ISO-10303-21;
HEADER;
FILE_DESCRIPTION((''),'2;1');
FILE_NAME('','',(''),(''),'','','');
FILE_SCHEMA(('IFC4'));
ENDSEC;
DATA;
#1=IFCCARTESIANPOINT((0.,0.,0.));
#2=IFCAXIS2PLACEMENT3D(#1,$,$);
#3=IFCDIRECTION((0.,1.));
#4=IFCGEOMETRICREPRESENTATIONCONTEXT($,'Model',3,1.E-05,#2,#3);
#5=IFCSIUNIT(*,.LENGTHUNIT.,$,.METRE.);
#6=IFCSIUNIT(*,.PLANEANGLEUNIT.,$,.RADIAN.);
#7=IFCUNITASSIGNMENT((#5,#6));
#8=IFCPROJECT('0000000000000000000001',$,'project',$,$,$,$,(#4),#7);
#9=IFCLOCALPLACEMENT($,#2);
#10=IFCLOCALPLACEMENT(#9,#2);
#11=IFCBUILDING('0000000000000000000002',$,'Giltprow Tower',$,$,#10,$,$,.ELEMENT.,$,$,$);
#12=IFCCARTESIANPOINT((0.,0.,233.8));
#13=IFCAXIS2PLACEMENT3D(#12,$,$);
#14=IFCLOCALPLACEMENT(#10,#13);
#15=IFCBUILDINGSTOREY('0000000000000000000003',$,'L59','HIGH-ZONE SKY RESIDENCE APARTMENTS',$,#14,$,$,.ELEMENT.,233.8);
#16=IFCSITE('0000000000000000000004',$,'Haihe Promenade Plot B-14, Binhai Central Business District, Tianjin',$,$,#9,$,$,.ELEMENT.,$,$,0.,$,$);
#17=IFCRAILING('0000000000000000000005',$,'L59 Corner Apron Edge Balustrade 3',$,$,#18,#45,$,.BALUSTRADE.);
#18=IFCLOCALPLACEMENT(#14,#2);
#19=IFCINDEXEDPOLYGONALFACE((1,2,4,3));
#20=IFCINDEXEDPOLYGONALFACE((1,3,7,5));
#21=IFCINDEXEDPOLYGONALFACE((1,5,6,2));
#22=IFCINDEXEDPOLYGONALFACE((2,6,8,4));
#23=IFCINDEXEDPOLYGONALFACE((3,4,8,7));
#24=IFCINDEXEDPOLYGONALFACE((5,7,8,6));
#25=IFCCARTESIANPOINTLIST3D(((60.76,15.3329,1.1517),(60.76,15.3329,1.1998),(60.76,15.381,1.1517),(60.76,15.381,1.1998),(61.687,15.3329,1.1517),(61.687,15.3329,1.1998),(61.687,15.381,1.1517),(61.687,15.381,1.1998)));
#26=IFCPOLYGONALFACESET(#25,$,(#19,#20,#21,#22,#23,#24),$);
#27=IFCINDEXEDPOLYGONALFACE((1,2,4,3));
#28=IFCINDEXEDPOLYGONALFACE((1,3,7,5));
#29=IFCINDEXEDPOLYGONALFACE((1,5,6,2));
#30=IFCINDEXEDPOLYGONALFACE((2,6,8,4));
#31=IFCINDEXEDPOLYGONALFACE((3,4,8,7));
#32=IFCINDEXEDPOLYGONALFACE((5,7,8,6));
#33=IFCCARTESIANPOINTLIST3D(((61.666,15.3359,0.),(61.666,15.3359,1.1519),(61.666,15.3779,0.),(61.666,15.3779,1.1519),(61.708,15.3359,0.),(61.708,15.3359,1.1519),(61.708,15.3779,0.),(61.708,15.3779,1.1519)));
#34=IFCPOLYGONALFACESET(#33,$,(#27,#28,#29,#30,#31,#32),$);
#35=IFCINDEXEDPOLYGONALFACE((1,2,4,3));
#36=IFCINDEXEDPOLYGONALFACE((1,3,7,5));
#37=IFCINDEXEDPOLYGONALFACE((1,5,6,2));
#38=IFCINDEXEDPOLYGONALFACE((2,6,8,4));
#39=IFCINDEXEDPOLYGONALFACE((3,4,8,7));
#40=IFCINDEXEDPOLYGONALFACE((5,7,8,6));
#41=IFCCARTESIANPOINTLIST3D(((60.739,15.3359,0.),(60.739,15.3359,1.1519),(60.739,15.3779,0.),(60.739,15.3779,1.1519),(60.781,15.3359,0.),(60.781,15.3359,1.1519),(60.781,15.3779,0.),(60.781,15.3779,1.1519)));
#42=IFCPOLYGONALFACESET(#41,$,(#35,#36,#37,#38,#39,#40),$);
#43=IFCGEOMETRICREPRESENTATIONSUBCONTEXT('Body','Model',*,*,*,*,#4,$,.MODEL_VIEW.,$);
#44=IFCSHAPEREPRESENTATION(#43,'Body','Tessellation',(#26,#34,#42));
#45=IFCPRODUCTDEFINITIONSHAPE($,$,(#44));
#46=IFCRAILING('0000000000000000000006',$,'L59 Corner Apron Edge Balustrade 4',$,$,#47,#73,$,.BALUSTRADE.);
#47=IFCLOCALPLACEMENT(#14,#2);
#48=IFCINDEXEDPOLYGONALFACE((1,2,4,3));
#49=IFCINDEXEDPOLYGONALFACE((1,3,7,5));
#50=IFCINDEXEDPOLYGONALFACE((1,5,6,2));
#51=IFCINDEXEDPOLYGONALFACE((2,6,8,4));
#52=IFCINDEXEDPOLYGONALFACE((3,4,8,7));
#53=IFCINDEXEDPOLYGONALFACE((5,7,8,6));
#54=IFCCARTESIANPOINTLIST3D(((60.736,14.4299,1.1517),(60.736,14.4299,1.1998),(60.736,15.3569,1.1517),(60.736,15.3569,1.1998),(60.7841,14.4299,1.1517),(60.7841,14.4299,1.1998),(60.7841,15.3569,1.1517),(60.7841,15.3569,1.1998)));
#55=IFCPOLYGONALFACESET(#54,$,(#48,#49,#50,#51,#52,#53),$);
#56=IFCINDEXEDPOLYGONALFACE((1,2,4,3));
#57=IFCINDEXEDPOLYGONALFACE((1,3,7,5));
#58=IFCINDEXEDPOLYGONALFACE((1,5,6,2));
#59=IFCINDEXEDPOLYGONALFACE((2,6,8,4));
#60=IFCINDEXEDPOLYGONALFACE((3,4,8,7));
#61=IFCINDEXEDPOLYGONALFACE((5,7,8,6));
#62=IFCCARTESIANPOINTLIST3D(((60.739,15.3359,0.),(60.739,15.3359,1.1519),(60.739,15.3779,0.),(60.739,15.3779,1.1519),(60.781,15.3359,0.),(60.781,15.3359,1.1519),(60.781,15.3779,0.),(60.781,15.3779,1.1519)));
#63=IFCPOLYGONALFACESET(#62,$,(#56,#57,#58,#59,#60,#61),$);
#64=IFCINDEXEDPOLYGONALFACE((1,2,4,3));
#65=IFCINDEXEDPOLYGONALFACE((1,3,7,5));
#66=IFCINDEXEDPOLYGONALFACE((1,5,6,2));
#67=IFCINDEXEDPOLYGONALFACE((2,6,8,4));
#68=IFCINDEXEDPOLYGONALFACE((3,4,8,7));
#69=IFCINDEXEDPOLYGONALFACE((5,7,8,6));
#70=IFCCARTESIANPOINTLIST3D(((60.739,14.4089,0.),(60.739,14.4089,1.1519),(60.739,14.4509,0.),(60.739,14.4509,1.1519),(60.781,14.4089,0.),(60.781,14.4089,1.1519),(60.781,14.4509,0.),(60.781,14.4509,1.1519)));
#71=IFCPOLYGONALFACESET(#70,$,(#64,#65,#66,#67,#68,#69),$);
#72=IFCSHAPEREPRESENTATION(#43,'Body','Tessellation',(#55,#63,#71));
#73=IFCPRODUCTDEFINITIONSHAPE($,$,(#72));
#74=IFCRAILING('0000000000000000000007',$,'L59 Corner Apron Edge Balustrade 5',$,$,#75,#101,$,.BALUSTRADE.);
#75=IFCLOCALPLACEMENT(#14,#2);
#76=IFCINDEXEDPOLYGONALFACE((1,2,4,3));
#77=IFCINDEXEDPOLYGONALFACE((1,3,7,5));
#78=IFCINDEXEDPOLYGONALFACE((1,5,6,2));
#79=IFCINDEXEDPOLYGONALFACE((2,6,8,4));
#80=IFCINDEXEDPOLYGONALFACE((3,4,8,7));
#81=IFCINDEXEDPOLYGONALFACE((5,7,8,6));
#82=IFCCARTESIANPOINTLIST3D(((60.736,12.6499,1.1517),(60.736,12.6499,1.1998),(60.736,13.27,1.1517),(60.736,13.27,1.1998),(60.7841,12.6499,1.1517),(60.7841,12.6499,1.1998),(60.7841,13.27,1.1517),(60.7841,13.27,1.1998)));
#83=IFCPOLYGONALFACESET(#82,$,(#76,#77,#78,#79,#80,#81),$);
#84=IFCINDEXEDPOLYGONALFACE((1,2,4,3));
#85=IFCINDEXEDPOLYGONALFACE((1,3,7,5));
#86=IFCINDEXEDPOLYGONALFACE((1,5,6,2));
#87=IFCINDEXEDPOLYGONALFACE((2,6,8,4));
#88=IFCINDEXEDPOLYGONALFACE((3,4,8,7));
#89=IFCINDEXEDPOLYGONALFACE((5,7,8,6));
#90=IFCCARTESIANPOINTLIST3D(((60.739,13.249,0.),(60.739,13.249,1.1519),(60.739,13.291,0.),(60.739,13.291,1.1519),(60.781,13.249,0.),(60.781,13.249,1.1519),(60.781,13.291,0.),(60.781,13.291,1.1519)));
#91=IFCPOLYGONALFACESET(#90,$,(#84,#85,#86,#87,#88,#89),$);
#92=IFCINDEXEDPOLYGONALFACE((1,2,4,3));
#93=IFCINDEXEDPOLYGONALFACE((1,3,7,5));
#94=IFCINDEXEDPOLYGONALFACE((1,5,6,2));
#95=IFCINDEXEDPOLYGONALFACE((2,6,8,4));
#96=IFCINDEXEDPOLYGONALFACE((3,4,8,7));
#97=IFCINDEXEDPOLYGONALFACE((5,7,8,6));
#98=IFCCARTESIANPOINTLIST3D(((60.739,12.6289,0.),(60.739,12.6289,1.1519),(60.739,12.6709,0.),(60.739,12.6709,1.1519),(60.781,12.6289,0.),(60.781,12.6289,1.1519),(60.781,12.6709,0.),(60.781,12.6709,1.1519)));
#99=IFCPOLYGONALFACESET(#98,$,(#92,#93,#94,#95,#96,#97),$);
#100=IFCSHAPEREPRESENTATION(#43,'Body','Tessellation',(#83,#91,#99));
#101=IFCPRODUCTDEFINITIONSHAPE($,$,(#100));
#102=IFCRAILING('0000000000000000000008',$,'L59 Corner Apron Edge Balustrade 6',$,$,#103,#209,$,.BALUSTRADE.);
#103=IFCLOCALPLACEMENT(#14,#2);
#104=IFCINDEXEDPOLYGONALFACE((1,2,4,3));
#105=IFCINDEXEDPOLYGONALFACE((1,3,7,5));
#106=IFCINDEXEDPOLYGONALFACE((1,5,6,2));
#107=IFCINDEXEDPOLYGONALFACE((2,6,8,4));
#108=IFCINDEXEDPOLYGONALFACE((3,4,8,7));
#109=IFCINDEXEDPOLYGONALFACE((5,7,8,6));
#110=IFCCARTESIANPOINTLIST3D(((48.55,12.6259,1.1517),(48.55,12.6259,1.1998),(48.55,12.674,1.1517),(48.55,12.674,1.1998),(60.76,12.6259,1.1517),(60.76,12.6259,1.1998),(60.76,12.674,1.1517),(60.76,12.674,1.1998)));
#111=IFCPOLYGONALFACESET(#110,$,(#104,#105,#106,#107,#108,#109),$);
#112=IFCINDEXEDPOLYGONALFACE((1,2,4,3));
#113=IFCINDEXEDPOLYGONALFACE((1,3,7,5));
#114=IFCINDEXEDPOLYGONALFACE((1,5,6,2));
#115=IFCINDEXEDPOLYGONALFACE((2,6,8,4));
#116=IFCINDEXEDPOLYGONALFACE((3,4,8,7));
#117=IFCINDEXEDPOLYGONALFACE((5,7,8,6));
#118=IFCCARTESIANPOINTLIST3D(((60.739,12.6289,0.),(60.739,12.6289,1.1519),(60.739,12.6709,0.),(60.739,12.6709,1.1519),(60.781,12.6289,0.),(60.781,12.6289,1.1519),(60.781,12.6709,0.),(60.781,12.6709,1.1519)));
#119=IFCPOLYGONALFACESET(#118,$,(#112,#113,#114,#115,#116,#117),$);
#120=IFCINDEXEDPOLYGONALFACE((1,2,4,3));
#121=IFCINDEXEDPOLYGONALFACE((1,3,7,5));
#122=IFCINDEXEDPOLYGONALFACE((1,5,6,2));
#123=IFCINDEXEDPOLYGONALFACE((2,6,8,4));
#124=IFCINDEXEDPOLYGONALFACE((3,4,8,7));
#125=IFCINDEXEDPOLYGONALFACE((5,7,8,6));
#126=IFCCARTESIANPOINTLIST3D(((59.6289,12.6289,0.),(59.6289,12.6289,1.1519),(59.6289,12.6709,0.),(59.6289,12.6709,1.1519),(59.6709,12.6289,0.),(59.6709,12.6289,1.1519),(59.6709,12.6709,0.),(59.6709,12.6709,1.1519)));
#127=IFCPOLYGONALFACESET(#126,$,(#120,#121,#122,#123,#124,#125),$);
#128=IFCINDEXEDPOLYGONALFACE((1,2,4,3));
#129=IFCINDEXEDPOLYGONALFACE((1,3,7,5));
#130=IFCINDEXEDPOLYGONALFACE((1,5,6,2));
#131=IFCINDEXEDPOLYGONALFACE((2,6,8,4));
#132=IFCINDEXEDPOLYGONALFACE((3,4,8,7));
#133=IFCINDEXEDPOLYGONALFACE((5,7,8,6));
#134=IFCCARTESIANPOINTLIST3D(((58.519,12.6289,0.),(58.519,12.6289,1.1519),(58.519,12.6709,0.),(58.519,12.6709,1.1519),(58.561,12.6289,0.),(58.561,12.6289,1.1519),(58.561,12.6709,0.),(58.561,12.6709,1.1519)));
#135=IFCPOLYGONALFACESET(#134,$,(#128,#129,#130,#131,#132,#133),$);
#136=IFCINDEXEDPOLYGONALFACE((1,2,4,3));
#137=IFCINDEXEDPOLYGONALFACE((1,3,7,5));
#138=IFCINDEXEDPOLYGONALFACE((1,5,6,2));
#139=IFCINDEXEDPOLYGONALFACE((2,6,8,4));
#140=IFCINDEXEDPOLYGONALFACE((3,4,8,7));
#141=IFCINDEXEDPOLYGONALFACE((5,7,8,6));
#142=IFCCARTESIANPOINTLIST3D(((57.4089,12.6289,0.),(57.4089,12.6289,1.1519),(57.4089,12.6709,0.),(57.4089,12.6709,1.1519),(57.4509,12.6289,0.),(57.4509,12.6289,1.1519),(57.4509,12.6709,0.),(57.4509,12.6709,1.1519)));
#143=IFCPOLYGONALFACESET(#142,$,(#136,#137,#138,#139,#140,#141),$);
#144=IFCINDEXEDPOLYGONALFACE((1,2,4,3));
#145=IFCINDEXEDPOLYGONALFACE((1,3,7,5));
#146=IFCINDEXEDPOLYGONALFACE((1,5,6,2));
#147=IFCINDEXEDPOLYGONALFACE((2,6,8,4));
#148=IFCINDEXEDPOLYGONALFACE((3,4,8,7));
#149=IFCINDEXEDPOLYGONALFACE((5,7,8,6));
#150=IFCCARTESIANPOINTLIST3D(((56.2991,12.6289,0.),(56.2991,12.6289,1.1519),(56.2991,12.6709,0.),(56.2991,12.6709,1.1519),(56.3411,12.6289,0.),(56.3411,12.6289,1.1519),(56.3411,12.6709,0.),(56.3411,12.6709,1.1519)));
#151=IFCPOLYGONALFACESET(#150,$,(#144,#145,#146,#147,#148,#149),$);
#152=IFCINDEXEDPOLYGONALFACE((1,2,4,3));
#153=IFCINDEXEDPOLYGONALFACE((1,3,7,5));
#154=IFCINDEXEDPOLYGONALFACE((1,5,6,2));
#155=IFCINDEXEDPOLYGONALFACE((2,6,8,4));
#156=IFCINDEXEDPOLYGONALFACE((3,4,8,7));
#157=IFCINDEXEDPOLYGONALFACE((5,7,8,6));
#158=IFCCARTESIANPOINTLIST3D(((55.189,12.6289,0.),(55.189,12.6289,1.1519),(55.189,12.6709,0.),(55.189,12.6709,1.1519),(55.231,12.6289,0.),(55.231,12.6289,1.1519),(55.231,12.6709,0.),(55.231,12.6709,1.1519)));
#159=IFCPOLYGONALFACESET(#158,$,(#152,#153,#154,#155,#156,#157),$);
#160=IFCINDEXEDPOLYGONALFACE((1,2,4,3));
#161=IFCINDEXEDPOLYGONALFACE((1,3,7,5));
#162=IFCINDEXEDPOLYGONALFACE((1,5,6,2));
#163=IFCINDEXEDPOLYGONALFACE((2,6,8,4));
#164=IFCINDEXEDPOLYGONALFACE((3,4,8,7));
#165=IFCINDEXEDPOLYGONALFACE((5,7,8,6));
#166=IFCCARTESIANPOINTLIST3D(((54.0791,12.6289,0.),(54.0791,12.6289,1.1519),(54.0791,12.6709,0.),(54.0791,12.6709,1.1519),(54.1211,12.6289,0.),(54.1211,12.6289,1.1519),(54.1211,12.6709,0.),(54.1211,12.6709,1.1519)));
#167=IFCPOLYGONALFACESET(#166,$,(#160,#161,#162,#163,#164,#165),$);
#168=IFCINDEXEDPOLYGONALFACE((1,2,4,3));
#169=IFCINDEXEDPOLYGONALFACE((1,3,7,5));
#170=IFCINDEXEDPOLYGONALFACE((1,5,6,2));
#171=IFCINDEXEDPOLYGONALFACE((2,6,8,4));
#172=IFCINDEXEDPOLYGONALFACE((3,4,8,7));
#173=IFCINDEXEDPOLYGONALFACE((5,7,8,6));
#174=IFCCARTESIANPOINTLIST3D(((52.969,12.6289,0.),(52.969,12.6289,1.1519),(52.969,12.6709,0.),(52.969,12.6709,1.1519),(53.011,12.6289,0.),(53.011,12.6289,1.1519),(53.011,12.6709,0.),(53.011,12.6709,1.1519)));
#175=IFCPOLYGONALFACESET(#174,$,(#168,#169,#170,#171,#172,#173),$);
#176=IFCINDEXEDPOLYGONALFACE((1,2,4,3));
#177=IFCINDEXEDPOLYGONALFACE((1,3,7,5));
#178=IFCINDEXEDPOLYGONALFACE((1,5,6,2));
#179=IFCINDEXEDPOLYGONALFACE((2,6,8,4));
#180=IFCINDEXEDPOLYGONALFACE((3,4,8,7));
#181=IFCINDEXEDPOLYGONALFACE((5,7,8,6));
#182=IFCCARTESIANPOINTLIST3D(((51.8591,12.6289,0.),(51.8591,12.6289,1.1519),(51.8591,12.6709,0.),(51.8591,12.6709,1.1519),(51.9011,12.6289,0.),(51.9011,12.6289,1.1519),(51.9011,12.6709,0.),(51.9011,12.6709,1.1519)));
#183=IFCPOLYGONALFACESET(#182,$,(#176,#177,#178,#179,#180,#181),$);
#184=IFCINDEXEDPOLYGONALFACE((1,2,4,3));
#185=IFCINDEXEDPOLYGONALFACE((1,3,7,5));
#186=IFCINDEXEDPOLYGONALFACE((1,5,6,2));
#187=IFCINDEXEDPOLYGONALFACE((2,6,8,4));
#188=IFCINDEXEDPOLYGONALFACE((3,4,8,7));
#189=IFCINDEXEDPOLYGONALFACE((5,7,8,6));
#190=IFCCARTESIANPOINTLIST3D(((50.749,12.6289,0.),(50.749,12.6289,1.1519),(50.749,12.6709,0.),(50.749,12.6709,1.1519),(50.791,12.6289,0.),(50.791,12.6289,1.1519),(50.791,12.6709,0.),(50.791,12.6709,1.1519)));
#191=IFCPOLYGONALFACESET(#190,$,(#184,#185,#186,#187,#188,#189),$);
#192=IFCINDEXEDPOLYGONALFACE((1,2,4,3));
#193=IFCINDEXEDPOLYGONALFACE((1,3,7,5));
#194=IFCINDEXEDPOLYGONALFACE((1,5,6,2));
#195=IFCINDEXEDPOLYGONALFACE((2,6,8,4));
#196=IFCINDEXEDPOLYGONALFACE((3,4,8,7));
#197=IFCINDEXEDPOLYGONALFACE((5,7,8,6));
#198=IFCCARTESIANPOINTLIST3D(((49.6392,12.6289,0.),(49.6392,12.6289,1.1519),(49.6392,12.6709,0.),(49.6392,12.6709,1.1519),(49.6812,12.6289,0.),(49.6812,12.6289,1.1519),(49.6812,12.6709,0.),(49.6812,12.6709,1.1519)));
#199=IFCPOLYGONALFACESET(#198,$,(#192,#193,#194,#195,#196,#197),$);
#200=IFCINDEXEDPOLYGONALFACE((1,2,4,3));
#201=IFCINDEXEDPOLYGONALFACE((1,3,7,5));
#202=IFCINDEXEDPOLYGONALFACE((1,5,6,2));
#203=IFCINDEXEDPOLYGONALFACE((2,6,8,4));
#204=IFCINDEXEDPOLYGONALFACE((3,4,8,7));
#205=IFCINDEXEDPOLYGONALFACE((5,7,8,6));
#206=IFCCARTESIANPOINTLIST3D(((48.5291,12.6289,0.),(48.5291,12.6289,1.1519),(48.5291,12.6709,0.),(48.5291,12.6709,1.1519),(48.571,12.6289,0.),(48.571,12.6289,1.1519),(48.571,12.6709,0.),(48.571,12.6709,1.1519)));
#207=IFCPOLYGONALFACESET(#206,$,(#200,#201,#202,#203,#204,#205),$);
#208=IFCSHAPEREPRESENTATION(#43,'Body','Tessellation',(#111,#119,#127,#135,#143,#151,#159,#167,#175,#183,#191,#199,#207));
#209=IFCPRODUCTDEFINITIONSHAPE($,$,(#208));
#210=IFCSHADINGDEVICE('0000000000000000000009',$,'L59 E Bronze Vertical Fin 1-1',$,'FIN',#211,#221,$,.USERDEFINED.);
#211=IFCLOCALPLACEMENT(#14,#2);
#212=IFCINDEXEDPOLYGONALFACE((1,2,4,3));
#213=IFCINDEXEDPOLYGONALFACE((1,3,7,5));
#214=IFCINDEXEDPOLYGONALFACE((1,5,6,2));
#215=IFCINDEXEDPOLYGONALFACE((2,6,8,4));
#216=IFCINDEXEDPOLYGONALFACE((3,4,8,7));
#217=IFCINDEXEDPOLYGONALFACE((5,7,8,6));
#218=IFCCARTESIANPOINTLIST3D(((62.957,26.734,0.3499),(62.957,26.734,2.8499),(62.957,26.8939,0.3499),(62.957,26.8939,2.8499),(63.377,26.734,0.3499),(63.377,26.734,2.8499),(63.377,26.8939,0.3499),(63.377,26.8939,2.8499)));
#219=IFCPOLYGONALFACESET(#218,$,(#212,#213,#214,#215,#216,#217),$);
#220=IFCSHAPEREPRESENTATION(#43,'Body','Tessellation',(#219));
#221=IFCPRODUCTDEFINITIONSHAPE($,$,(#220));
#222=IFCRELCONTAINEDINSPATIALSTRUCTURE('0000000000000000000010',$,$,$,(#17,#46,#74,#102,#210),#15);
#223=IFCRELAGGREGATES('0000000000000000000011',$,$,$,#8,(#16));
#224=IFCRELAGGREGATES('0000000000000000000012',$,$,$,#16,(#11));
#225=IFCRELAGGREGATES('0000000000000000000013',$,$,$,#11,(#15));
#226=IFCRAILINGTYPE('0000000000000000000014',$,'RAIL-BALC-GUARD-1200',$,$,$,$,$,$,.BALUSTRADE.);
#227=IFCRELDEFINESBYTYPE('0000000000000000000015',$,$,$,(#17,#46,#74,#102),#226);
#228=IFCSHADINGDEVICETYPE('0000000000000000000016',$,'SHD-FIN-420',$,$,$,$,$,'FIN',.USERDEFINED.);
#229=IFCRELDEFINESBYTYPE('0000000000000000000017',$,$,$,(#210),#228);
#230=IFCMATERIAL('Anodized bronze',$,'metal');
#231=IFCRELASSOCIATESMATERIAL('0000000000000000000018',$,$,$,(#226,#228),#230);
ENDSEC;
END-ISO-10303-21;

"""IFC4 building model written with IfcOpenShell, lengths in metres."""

from ifc_helpers import new_model, si_unit, direction, frame, origin, origin_2d, place, context, subcontext, project, spatial, rectangle, extrude, source, transform, mapped, material, type_object, element, save


model = new_model("IFC4")

# Units and contexts
model_context = context("Model", 3, precision=1e-05, world=origin(), true_north=direction((0.0, 1.0)))
body_context = subcontext(model_context, "Body", "Model", "MODEL_VIEW")
ifc_project = project(units=[si_unit("LENGTHUNIT", "METRE"), si_unit("PLANEANGLEUNIT", "RADIAN")], contexts=[model_context])

# Site, building, storey
site_placement = place(None, origin())
site = spatial("IfcSite", under=ifc_project, at=site_placement, Name="Haihe Promenade Plot B-14, Binhai Central Business District, Tianjin", CompositionType="ELEMENT", RefElevation=0.0)
building_placement = place(site_placement, origin())
building = spatial("IfcBuilding", under=site, at=building_placement, Name="Giltprow Tower", CompositionType="ELEMENT")
storey_placement = place(building_placement, frame((0.0, 0.0, 233.8)))
storey = spatial("IfcBuildingStorey", under=building, at=storey_placement, Name="L59", Description="HIGH-ZONE SKY RESIDENCE APARTMENTS", CompositionType="ELEMENT", Elevation=233.8)

# Shared definitions
ifc_material_1 = material(Name="Anodized bronze", Category="metal")

# Railings
railing_type = type_object("IfcRailingType", Name="RAIL-BALC-GUARD-1200", PredefinedType="BALUSTRADE", material=ifc_material_1)
railing_1_placement = place(storey_placement, frame((61.687, 15.3569, 0.0)))
element("IfcRailing", 1, at=railing_1_placement, inside=storey, type_object=railing_type, Name="L59 Corner Apron Edge Balustrade 3", PredefinedType="BALUSTRADE", context=body_context, shape_type="SweptSolid", body=[
    extrude(rectangle(XDim=0.0481, YDim=0.0481, at=origin_2d()), frame((0.0, 0.0, 1.1758), z_axis=(-1.0, 0.0, 0.0), x_axis=(0.0, -1.0, 0.0)), (0.0, 0.0, 1.0), 0.927),
    extrude(rectangle(XDim=0.042, YDim=0.042, at=origin_2d()), origin(), (0.0, 0.0, 1.0), 1.1519),
    extrude(rectangle(XDim=0.042, YDim=0.042, at=origin_2d()), frame((-0.927, 0.0, 0.0)), (0.0, 0.0, 1.0), 1.1519),
])
railing_2_placement = place(storey_placement, frame((60.76, 15.3569, 0.0)))
element("IfcRailing", 2, at=railing_2_placement, inside=storey, type_object=railing_type, Name="L59 Corner Apron Edge Balustrade 4", PredefinedType="BALUSTRADE", context=body_context, shape_type="SweptSolid", body=[
    extrude(rectangle(XDim=0.0481, YDim=0.0481, at=origin_2d()), frame((0.0, 0.0, 1.1758), z_axis=(0.0, -1.0, 0.0), x_axis=(1.0, 0.0, 0.0)), (0.0, 0.0, 1.0), 0.927),
    extrude(rectangle(XDim=0.042, YDim=0.042, at=origin_2d()), origin(), (0.0, 0.0, 1.0), 1.1519),
    extrude(rectangle(XDim=0.042, YDim=0.042, at=origin_2d()), frame((0.0, -0.927, 0.0)), (0.0, 0.0, 1.0), 1.1519),
])
railing_3_placement = place(storey_placement, frame((60.76, 13.27, 0.0)))
element("IfcRailing", 3, at=railing_3_placement, inside=storey, type_object=railing_type, Name="L59 Corner Apron Edge Balustrade 5", PredefinedType="BALUSTRADE", context=body_context, shape_type="SweptSolid", body=[
    extrude(rectangle(XDim=0.0481, YDim=0.0481, at=origin_2d()), frame((0.0, 0.0, 1.1758), z_axis=(0.0, -1.0, 0.0), x_axis=(1.0, 0.0, 0.0)), (0.0, 0.0, 1.0), 0.6201),
    extrude(rectangle(XDim=0.042, YDim=0.042, at=origin_2d()), origin(), (0.0, 0.0, 1.0), 1.1519),
    extrude(rectangle(XDim=0.042, YDim=0.042, at=origin_2d()), frame((0.0, -0.6201, 0.0)), (0.0, 0.0, 1.0), 1.1519),
])
railing_4_placement = place(storey_placement, frame((60.76, 12.6499, 0.0)))
element("IfcRailing", 4, at=railing_4_placement, inside=storey, type_object=railing_type, Name="L59 Corner Apron Edge Balustrade 6", PredefinedType="BALUSTRADE", context=body_context, shape_type="SweptSolid", body=[
    extrude(rectangle(XDim=0.0481, YDim=0.0481, at=origin_2d()), frame((0.0, 0.0, 1.1758), z_axis=(-1.0, 0.0, 0.0), x_axis=(0.0, -1.0, 0.0)), (0.0, 0.0, 1.0), 12.21),
    extrude(rectangle(XDim=0.042, YDim=0.042, at=origin_2d()), origin(), (0.0, 0.0, 1.0), 1.1519),
    extrude(rectangle(XDim=0.042, YDim=0.042, at=origin_2d()), frame((-1.1101, 0.0, 0.0)), (0.0, 0.0, 1.0), 1.1519),
    extrude(rectangle(XDim=0.042, YDim=0.042, at=origin_2d()), frame((-2.22, 0.0, 0.0)), (0.0, 0.0, 1.0), 1.1519),
    extrude(rectangle(XDim=0.042, YDim=0.042, at=origin_2d()), frame((-3.3301, 0.0, 0.0)), (0.0, 0.0, 1.0), 1.1519),
    extrude(rectangle(XDim=0.042, YDim=0.042, at=origin_2d()), frame((-4.4399, 0.0, 0.0)), (0.0, 0.0, 1.0), 1.1519),
    extrude(rectangle(XDim=0.042, YDim=0.042, at=origin_2d()), frame((-5.55, 0.0, 0.0)), (0.0, 0.0, 1.0), 1.1519),
    extrude(rectangle(XDim=0.042, YDim=0.042, at=origin_2d()), frame((-6.6599, 0.0, 0.0)), (0.0, 0.0, 1.0), 1.1519),
    extrude(rectangle(XDim=0.042, YDim=0.042, at=origin_2d()), frame((-7.77, 0.0, 0.0)), (0.0, 0.0, 1.0), 1.1519),
    extrude(rectangle(XDim=0.042, YDim=0.042, at=origin_2d()), frame((-8.8799, 0.0, 0.0)), (0.0, 0.0, 1.0), 1.1519),
    extrude(rectangle(XDim=0.042, YDim=0.042, at=origin_2d()), frame((-9.99, 0.0, 0.0)), (0.0, 0.0, 1.0), 1.1519),
    extrude(rectangle(XDim=0.042, YDim=0.042, at=origin_2d()), frame((-11.0999, 0.0, 0.0)), (0.0, 0.0, 1.0), 1.1519),
    extrude(rectangle(XDim=0.042, YDim=0.042, at=origin_2d()), frame((-12.21, 0.0, 0.0)), (0.0, 0.0, 1.0), 1.1519),
])

# Shading device
shading_device_type = type_object("IfcShadingDeviceType", Name="SHD-FIN-420", ElementType="FIN", PredefinedType="USERDEFINED", material=ifc_material_1)
shared_shape_1 = source(origin(), body_context, "Body", "SweptSolid", [
    extrude(rectangle(XDim=0.4199, YDim=0.1599, at=origin_2d()), origin(), (0.0, 0.0, 1.0), 2.5),
])
shading_device_placement = place(storey_placement, frame((63.167, 26.814, 0.3499), z_axis=(0.0, 0.0, 1.0), x_axis=(1.0, 0.0, 0.0)))
element("IfcShadingDevice", 5, at=shading_device_placement, inside=storey, type_object=shading_device_type, Name="L59 E Bronze Vertical Fin 1-1", ObjectType="FIN", PredefinedType="USERDEFINED", context=body_context, shape_type="MappedRepresentation", body=[
    mapped(shared_shape_1, transform((0.0, 0.0, 0.0), x_axis=(1.0, 0.0, 0.0), y_axis=(0.0, 1.0, 0.0), z_axis=(0.0, 0.0, 1.0), scale=1.0)),
])

save(model, "model.ifc")
